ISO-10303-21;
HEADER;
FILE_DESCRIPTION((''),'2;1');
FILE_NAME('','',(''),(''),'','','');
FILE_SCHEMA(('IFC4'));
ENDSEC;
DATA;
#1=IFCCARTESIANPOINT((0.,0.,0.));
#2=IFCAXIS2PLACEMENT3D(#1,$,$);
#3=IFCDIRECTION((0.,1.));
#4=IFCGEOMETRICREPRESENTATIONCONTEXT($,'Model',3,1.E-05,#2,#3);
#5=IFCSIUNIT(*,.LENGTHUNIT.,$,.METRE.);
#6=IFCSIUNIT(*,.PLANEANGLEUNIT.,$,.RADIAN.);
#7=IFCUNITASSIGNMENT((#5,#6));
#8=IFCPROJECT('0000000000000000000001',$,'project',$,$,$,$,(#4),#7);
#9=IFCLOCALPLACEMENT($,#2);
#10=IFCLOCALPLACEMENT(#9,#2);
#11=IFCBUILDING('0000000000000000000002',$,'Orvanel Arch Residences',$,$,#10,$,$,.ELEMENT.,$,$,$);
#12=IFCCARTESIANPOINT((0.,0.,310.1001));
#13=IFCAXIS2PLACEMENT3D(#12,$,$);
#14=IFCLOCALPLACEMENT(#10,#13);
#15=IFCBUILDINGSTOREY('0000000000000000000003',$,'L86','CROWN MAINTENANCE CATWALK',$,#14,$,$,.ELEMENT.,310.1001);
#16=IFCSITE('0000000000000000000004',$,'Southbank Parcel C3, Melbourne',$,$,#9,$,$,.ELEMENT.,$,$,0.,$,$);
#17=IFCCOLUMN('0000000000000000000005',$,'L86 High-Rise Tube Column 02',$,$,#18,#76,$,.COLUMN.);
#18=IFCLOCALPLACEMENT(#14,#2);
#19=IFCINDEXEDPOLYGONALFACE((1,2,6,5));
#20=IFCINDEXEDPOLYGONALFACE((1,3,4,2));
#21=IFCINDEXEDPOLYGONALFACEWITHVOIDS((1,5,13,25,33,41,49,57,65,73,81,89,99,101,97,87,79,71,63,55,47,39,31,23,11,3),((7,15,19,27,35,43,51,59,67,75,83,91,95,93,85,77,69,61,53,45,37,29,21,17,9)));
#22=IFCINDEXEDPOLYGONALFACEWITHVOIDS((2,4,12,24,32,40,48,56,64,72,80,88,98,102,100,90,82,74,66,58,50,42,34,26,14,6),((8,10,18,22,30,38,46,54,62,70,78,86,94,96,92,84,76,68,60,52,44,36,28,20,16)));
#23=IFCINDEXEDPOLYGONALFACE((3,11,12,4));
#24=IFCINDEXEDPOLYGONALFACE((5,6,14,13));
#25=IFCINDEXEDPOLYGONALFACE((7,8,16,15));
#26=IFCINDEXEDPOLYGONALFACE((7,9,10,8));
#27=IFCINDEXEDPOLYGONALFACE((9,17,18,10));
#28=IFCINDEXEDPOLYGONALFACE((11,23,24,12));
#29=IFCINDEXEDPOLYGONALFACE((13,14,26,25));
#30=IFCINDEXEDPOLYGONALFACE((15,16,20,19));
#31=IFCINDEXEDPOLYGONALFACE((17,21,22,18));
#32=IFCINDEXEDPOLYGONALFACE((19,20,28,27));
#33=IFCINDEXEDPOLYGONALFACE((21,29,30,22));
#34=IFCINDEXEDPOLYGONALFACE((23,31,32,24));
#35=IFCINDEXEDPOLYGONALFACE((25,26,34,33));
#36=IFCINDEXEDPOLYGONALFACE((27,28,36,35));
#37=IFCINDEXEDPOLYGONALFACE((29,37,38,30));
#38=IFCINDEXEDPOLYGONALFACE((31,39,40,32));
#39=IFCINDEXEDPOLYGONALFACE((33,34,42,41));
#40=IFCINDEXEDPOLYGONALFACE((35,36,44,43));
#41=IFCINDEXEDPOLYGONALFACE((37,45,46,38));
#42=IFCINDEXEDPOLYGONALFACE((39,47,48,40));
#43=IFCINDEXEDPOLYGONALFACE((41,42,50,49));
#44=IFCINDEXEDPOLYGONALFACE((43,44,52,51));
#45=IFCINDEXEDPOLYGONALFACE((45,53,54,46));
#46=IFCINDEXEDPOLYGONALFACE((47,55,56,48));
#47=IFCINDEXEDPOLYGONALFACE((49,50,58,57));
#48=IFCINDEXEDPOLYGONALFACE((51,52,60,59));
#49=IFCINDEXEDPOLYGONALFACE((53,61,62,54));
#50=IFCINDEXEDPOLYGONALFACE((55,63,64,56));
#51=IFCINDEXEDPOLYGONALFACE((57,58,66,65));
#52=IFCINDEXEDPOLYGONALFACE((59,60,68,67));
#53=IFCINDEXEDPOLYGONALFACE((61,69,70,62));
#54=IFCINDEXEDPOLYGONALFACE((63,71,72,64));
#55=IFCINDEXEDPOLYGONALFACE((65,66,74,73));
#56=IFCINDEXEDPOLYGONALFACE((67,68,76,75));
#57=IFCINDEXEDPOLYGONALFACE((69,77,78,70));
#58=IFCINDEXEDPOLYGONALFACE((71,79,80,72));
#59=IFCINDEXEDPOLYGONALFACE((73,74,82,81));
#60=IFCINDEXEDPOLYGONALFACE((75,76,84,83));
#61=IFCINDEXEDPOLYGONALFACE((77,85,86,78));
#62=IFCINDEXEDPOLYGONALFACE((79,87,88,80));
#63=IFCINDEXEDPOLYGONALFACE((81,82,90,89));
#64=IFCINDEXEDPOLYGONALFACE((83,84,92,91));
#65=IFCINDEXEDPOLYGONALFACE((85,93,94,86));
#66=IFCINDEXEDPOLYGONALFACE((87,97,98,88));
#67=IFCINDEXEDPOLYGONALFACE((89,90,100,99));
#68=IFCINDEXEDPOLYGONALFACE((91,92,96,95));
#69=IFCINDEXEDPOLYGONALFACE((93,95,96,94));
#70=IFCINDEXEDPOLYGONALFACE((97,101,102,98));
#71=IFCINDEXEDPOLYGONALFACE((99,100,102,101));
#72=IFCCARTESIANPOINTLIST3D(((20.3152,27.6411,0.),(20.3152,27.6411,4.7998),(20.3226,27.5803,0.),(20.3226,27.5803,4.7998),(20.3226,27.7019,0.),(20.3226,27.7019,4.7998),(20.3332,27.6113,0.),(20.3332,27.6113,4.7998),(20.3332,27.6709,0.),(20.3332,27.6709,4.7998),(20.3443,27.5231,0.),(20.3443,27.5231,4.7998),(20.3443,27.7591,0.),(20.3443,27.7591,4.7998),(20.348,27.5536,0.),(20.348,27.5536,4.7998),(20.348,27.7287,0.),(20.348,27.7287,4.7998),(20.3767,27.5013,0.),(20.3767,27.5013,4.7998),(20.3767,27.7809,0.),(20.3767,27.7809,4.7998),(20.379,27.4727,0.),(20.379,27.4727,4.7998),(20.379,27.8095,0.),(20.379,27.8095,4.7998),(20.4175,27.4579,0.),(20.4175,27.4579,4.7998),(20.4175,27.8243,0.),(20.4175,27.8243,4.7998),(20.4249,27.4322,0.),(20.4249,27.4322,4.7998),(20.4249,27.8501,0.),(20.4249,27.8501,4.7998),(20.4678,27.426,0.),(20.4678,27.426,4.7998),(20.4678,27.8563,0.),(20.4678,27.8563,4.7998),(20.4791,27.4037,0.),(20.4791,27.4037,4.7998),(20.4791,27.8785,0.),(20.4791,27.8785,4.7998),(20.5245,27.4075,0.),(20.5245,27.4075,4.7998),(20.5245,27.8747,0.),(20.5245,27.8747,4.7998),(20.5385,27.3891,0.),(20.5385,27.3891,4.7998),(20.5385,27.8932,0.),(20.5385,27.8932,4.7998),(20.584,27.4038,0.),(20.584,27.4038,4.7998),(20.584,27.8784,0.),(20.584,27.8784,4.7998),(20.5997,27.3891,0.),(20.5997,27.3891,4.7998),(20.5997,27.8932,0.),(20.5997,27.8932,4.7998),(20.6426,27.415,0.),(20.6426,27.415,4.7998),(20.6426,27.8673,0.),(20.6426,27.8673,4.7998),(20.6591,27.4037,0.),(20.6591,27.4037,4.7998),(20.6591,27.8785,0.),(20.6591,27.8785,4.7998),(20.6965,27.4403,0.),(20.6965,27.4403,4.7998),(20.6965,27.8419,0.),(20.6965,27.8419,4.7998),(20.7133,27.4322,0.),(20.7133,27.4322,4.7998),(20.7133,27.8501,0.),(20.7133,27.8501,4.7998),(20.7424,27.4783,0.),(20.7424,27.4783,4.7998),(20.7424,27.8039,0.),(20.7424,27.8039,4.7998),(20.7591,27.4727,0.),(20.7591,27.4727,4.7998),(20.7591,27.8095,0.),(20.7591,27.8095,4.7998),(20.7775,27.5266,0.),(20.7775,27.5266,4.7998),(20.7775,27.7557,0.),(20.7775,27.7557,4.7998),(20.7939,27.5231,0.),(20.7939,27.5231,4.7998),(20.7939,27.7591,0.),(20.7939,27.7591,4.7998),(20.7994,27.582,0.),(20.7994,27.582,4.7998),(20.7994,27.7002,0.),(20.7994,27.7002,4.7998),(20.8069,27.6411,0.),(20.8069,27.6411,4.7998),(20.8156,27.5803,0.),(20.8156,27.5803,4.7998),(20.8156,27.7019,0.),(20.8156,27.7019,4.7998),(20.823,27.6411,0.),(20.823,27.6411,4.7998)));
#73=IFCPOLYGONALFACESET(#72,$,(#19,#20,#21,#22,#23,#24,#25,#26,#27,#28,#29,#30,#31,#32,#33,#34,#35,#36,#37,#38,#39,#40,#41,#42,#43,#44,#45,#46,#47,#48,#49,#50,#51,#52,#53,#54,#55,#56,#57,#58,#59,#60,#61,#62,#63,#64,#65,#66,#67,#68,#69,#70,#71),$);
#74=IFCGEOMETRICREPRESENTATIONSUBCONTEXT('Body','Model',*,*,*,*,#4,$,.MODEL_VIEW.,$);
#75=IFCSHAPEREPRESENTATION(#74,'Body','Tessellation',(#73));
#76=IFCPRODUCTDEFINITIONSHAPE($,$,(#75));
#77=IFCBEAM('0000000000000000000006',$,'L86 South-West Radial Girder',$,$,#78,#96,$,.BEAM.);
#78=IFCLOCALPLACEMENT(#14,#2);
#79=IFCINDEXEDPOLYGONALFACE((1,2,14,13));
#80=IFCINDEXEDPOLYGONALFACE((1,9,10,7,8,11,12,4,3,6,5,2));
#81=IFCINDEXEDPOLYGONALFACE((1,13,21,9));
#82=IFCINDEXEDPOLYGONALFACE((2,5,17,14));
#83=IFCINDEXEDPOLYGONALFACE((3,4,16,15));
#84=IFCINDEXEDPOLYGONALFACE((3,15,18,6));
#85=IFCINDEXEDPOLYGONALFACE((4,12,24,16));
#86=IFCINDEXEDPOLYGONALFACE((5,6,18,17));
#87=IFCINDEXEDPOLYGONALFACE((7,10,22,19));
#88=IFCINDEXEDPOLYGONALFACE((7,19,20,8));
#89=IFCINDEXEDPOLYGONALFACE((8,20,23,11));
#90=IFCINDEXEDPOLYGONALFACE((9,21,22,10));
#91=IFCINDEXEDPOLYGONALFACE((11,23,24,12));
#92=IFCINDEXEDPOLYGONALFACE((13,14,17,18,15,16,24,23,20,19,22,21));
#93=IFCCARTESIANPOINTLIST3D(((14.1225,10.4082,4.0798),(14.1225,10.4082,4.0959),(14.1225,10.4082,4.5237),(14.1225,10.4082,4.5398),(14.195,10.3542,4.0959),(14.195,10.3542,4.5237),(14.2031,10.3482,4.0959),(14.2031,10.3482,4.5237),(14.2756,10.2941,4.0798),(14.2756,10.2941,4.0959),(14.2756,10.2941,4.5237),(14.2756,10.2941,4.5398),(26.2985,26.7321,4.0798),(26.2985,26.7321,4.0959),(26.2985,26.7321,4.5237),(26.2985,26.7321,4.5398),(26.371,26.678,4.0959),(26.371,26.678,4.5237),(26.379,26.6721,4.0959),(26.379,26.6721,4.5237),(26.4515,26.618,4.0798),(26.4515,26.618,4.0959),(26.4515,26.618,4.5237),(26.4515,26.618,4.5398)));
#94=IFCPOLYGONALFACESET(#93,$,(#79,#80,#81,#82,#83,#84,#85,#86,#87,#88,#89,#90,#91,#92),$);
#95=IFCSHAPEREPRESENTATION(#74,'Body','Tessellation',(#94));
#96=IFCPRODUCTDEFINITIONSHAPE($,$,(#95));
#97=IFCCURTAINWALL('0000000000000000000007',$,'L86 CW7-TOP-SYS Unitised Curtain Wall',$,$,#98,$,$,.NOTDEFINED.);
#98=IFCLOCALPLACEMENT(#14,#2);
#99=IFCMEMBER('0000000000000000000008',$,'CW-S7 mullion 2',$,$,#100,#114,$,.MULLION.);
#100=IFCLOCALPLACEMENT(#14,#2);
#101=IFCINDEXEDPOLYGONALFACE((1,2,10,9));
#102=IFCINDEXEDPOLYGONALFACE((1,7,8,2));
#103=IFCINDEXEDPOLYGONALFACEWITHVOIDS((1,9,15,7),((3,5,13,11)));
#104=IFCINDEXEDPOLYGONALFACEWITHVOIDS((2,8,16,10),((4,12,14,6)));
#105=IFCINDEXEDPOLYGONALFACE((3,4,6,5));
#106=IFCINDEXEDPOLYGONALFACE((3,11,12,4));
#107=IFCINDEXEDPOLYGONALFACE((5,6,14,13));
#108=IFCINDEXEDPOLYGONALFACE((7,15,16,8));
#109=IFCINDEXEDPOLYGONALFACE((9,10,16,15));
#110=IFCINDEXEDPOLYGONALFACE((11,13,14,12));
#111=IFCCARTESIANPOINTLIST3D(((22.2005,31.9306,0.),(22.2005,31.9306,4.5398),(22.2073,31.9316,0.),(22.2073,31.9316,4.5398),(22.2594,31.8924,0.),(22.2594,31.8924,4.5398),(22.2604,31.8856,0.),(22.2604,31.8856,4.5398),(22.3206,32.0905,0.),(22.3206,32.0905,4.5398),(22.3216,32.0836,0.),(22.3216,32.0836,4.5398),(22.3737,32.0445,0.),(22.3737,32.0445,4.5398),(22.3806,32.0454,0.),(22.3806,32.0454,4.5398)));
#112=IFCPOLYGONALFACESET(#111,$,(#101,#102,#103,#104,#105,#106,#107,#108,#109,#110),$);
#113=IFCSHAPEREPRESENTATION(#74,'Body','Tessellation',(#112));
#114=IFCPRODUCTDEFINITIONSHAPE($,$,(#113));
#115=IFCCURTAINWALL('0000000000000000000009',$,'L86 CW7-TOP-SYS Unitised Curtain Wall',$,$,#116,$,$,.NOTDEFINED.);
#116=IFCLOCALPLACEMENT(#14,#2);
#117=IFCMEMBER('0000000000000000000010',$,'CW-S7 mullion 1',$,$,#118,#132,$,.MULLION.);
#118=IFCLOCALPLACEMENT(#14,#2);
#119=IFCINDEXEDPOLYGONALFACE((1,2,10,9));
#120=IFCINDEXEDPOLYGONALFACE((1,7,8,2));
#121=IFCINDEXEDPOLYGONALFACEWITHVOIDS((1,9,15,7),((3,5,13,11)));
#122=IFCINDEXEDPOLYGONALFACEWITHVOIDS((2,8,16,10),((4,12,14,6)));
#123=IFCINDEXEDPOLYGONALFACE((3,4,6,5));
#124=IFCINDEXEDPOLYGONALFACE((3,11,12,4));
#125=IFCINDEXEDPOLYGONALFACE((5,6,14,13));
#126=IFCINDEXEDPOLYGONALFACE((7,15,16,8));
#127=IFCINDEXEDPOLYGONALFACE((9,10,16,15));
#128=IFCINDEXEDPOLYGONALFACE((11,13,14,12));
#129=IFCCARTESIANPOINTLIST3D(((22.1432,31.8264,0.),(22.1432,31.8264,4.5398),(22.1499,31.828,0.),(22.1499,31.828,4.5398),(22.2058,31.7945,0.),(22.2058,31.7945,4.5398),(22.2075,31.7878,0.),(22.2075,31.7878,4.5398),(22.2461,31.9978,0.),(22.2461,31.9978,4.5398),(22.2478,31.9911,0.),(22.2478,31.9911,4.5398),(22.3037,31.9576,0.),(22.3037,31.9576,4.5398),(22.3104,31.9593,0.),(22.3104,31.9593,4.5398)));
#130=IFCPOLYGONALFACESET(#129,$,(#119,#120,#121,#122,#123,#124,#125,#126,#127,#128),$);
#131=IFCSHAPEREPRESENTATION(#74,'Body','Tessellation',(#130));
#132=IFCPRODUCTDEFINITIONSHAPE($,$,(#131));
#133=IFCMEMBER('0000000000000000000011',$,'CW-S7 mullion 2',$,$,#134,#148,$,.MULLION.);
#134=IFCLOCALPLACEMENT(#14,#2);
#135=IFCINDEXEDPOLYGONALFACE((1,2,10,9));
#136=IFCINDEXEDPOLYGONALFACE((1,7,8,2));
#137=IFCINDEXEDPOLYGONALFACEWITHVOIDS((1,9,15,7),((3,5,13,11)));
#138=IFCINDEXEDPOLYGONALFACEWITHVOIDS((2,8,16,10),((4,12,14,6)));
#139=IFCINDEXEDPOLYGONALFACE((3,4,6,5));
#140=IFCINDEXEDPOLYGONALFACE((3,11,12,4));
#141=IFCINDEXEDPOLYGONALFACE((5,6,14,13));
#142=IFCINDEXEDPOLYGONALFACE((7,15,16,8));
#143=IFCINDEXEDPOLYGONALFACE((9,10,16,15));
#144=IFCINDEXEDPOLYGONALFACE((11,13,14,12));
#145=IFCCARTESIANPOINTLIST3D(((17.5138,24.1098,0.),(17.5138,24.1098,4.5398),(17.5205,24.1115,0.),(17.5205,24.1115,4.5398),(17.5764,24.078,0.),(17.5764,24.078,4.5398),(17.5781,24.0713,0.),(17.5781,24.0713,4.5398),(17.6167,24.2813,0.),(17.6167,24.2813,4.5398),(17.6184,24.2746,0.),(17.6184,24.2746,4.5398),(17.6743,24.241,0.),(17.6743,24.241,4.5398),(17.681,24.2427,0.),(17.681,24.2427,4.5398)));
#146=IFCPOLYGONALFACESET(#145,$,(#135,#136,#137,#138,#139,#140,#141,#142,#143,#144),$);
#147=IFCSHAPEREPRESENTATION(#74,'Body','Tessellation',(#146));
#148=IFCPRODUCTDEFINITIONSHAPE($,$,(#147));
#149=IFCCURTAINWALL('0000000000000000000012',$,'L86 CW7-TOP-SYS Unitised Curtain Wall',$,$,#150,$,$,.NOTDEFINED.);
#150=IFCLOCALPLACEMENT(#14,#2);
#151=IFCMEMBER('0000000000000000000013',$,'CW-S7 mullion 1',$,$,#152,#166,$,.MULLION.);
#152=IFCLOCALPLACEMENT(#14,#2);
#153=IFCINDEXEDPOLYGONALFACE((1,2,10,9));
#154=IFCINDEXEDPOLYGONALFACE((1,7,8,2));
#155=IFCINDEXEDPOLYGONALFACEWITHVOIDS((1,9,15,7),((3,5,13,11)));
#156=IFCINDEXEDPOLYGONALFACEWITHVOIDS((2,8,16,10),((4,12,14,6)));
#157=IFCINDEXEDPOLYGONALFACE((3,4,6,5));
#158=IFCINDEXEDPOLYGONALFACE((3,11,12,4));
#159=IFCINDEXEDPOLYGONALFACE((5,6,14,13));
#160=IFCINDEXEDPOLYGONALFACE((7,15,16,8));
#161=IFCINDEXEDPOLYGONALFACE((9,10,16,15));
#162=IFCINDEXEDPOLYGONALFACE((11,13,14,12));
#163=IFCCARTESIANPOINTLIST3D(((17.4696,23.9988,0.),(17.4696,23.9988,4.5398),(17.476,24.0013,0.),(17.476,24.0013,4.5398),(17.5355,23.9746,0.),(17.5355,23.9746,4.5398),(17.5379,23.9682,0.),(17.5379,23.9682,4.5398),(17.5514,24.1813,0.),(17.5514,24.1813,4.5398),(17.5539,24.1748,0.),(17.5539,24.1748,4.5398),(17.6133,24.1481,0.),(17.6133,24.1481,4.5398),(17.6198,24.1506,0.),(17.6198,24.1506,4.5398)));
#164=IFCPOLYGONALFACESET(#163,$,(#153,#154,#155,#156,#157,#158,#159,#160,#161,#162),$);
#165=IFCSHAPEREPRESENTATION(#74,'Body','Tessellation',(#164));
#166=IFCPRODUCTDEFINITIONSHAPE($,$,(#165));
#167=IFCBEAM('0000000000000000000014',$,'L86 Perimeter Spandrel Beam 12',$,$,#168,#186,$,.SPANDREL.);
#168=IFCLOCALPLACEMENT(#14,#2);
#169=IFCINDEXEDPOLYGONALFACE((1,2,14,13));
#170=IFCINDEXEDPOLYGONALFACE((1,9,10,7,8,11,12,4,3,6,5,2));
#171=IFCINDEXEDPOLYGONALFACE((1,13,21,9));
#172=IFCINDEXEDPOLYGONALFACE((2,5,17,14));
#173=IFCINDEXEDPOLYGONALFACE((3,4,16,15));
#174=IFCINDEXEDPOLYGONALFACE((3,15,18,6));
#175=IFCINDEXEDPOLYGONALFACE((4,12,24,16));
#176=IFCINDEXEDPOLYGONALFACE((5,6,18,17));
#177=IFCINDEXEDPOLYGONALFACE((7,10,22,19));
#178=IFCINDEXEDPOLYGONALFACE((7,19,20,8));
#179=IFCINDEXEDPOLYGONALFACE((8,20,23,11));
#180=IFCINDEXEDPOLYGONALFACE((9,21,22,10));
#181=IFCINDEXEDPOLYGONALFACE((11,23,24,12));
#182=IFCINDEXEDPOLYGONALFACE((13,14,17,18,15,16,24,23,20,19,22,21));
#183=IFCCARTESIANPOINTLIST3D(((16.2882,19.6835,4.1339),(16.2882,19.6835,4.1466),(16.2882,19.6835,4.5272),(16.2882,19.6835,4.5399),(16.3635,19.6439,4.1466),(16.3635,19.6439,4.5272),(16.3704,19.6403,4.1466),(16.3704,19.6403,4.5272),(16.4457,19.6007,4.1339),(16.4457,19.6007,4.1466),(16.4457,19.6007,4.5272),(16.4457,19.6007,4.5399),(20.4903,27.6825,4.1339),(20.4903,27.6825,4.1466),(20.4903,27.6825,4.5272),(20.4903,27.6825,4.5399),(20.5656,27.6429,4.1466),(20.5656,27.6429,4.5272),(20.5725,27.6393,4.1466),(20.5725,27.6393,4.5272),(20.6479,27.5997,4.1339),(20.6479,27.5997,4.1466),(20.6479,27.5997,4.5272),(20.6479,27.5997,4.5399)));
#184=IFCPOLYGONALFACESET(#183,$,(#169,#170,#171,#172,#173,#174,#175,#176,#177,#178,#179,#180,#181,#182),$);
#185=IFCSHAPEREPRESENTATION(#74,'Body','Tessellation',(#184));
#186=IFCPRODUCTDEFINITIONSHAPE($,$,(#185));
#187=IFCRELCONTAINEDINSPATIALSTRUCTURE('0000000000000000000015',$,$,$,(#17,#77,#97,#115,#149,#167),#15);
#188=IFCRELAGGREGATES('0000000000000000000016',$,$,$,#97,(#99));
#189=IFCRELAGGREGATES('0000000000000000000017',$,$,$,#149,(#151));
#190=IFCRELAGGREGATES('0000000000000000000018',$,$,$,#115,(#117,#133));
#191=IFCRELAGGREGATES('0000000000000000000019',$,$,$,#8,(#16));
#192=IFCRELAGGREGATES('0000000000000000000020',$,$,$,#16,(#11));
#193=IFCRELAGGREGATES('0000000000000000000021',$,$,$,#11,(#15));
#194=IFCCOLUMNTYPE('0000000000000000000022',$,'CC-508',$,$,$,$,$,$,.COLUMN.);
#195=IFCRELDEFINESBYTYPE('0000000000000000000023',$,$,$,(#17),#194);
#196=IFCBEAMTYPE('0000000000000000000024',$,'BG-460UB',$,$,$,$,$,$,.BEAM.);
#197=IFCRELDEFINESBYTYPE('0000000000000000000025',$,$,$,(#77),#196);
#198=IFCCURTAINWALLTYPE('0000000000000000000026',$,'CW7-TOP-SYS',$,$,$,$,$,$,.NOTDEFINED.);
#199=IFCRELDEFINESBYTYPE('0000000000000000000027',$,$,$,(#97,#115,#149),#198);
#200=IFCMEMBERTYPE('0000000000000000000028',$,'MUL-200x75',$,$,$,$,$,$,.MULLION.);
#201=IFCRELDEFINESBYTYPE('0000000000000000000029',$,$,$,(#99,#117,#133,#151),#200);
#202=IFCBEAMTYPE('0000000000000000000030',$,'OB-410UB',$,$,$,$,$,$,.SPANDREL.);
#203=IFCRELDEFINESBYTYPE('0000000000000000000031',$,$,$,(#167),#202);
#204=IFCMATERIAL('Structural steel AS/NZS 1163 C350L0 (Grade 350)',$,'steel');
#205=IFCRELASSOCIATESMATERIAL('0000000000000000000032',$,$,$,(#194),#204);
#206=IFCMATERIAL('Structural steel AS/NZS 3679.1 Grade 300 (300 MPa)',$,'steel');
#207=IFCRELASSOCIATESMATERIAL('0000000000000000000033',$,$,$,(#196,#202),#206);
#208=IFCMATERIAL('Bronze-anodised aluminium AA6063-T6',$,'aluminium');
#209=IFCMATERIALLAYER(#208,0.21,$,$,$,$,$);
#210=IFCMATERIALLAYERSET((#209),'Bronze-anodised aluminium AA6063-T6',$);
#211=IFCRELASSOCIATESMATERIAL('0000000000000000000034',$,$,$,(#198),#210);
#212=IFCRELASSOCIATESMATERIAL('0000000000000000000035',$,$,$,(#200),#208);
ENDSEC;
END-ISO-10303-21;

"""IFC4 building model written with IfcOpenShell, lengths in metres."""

from ifc_helpers import new_model, si_unit, direction, frame, origin, origin_2d, place, context, subcontext, project, spatial, hollow_rectangle, hollow_circle, i_section, extrude, material, layer, layer_set, material_profile, profile_set, type_object, element, aggregate, save


model = new_model("IFC4")

# Units and contexts
model_context = context("Model", 3, precision=1e-05, world=origin(), true_north=direction((0.0, 1.0)))
body_context = subcontext(model_context, "Body", "Model", "MODEL_VIEW")
ifc_project = project(units=[si_unit("LENGTHUNIT", "METRE"), si_unit("PLANEANGLEUNIT", "RADIAN")], contexts=[model_context])

# Site, building, storey
site_placement = place(None, origin())
site = spatial("IfcSite", under=ifc_project, at=site_placement, Name="Southbank Parcel C3, Melbourne", CompositionType="ELEMENT", RefElevation=0.0)
building_placement = place(site_placement, origin())
building = spatial("IfcBuilding", under=site, at=building_placement, Name="Orvanel Arch Residences", CompositionType="ELEMENT")
storey_placement = place(building_placement, frame((0.0, 0.0, 310.1001)))
storey = spatial("IfcBuildingStorey", under=building, at=storey_placement, Name="L86", Description="CROWN MAINTENANCE CATWALK", CompositionType="ELEMENT", Elevation=310.1001)

# Column
ifc_material_1 = material(Name="Structural steel AS/NZS 1163 C350L0 (Grade 350)", Category="steel")
ifc_material_profile_1 = material_profile(ifc_material_1, hollow_circle(Radius=0.2539, WallThickness=0.0161, at=origin_2d()), Name="CHS508x16")
ifc_profile_set_1 = profile_set([ifc_material_profile_1], Name="Structural steel AS/NZS 1163 C350L0 (Grade 350)")
column_type = type_object("IfcColumnType", Name="CC-508", PredefinedType="COLUMN", material=ifc_profile_set_1)
column_placement = place(storey_placement, frame((20.5691, 27.6411, 0.0), z_axis=(0.0, 0.0, 1.0), x_axis=(1.0, 0.0, 0.0)))
element("IfcColumn", 1, at=column_placement, inside=storey, type_object=column_type, Name="L86 High-Rise Tube Column 02", PredefinedType="COLUMN", context=body_context, shape_type="SweptSolid", body=[
    extrude(hollow_circle(Radius=0.2539, WallThickness=0.0161, at=origin_2d()), origin(), (0.0, 0.0, 1.0), 4.7998),
])

# Beam
ifc_material_2 = material(Name="Structural steel AS/NZS 3679.1 Grade 300 (300 MPa)", Category="steel")
ifc_material_profile_2 = material_profile(ifc_material_2, i_section(OverallWidth=0.1909, OverallDepth=0.46, WebThickness=0.01, FlangeThickness=0.0161, at=origin_2d()), Name="460UB82.1")
ifc_profile_set_2 = profile_set([ifc_material_profile_2], Name="Structural steel AS/NZS 3679.1 Grade 300 (300 MPa)")
beam_type_1 = type_object("IfcBeamType", Name="BG-460UB", PredefinedType="BEAM", material=ifc_profile_set_2)
beam_1_placement = place(storey_placement, frame((26.375, 26.675, 4.3098), z_axis=(-0.597894, -0.801575, 0.0), x_axis=(0.801575, -0.597894, 0.0)))
element("IfcBeam", 2, at=beam_1_placement, inside=storey, type_object=beam_type_1, Name="L86 South-West Radial Girder", PredefinedType="BEAM", context=body_context, shape_type="SweptSolid", body=[
    extrude(i_section(OverallWidth=0.1909, OverallDepth=0.46, WebThickness=0.01, FlangeThickness=0.0161, at=origin_2d()), origin(), (0.0, 0.0, 1.0), 20.3647),
])

# Curtain wall, member
ifc_material_3 = material(Name="Bronze-anodised aluminium AA6063-T6", Category="aluminium")
ifc_layer_1 = layer(ifc_material_3, 0.21)
ifc_layer_set_1 = layer_set([ifc_layer_1], Name="Bronze-anodised aluminium AA6063-T6")
curtain_wall_type = type_object("IfcCurtainWallType", Name="CW7-TOP-SYS", PredefinedType="NOTDEFINED", material=ifc_layer_set_1)
curtain_wall_1_placement = place(storey_placement, origin())
curtain_wall_1 = element("IfcCurtainWall", 3, at=curtain_wall_1_placement, inside=storey, type_object=curtain_wall_type, Name="L86 CW7-TOP-SYS Unitised Curtain Wall", PredefinedType="NOTDEFINED")
ifc_material_profile_3 = material_profile(ifc_material_3, hollow_rectangle(XDim=0.075, YDim=0.2, WallThickness=0.0049, at=origin_2d()), Name="ALU200x75x5")
ifc_profile_set_3 = profile_set([ifc_material_profile_3], Name="Bronze-anodised aluminium AA6063-T6")
member_type_1 = type_object("IfcMemberType", Name="MUL-200x75", PredefinedType="MULLION", material=ifc_profile_set_3)
member_1_placement = place(storey_placement, frame((22.2905, 31.988, 0.0), z_axis=(0.0, 0.0, 1.0), x_axis=(0.799342, -0.600876, 0.0)))
member_1 = element("IfcMember", 4, at=member_1_placement, type_object=member_type_1, Name="CW-S7 mullion 2", PredefinedType="MULLION", context=body_context, shape_type="SweptSolid", body=[
    extrude(hollow_rectangle(XDim=0.075, YDim=0.2, WallThickness=0.0049, at=origin_2d()), origin(), (0.0, 0.0, 1.0), 4.5398),
])
aggregate(curtain_wall_1, [member_1])

# Curtain wall, members
curtain_wall_2_placement = place(storey_placement, origin())
curtain_wall_2 = element("IfcCurtainWall", 5, at=curtain_wall_2_placement, inside=storey, type_object=curtain_wall_type, Name="L86 CW7-TOP-SYS Unitised Curtain Wall", PredefinedType="NOTDEFINED")
member_2_placement = place(storey_placement, frame((22.2268, 31.8928, 0.0), z_axis=(0.0, 0.0, 1.0), x_axis=(0.857522, -0.514447, 0.0)))
member_2 = element("IfcMember", 6, at=member_2_placement, type_object=member_type_1, Name="CW-S7 mullion 1", PredefinedType="MULLION", context=body_context, shape_type="SweptSolid", body=[
    extrude(hollow_rectangle(XDim=0.075, YDim=0.2, WallThickness=0.0049, at=origin_2d()), origin(), (0.0, 0.0, 1.0), 4.5398),
])
member_3_placement = place(storey_placement, frame((17.5974, 24.1763, 0.0), z_axis=(0.0, 0.0, 1.0), x_axis=(0.857522, -0.514447, 0.0)))
member_3 = element("IfcMember", 7, at=member_3_placement, type_object=member_type_1, Name="CW-S7 mullion 2", PredefinedType="MULLION", context=body_context, shape_type="SweptSolid", body=[
    extrude(hollow_rectangle(XDim=0.075, YDim=0.2, WallThickness=0.0049, at=origin_2d()), origin(), (0.0, 0.0, 1.0), 4.5398),
])

# Curtain wall, member
curtain_wall_3_placement = place(storey_placement, origin())
curtain_wall_3 = element("IfcCurtainWall", 8, at=curtain_wall_3_placement, inside=storey, type_object=curtain_wall_type, Name="L86 CW7-TOP-SYS Unitised Curtain Wall", PredefinedType="NOTDEFINED")
member_4_placement = place(storey_placement, frame((17.5447, 24.0747, 0.0), z_axis=(0.0, 0.0, 1.0), x_axis=(0.912376, -0.409353, 0.0)))
member_4 = element("IfcMember", 9, at=member_4_placement, type_object=member_type_1, Name="CW-S7 mullion 1", PredefinedType="MULLION", context=body_context, shape_type="SweptSolid", body=[
    extrude(hollow_rectangle(XDim=0.075, YDim=0.2, WallThickness=0.0049, at=origin_2d()), origin(), (0.0, 0.0, 1.0), 4.5398),
])

# Beam
ifc_material_profile_4 = material_profile(ifc_material_2, i_section(OverallWidth=0.178, OverallDepth=0.406, WebThickness=0.0078, FlangeThickness=0.0127, at=origin_2d()), Name="410UB59.7")
ifc_profile_set_4 = profile_set([ifc_material_profile_4], Name="Structural steel AS/NZS 3679.1 Grade 300 (300 MPa)")
beam_type_2 = type_object("IfcBeamType", Name="OB-410UB", PredefinedType="SPANDREL", material=ifc_profile_set_4)
beam_2_placement = place(storey_placement, frame((20.5691, 27.6411, 4.3369), z_axis=(-0.465065, -0.885277, 0.0), x_axis=(0.885277, -0.465065, 0.0)))
element("IfcBeam", 10, at=beam_2_placement, inside=storey, type_object=beam_type_2, Name="L86 Perimeter Spandrel Beam 12", PredefinedType="SPANDREL", context=body_context, shape_type="SweptSolid", body=[
    extrude(i_section(OverallWidth=0.178, OverallDepth=0.406, WebThickness=0.0078, FlangeThickness=0.0127, at=origin_2d()), origin(), (0.0, 0.0, 1.0), 9.0356),
])

aggregate(curtain_wall_3, [member_4])

aggregate(curtain_wall_2, [member_2, member_3])

save(model, "model.ifc")
